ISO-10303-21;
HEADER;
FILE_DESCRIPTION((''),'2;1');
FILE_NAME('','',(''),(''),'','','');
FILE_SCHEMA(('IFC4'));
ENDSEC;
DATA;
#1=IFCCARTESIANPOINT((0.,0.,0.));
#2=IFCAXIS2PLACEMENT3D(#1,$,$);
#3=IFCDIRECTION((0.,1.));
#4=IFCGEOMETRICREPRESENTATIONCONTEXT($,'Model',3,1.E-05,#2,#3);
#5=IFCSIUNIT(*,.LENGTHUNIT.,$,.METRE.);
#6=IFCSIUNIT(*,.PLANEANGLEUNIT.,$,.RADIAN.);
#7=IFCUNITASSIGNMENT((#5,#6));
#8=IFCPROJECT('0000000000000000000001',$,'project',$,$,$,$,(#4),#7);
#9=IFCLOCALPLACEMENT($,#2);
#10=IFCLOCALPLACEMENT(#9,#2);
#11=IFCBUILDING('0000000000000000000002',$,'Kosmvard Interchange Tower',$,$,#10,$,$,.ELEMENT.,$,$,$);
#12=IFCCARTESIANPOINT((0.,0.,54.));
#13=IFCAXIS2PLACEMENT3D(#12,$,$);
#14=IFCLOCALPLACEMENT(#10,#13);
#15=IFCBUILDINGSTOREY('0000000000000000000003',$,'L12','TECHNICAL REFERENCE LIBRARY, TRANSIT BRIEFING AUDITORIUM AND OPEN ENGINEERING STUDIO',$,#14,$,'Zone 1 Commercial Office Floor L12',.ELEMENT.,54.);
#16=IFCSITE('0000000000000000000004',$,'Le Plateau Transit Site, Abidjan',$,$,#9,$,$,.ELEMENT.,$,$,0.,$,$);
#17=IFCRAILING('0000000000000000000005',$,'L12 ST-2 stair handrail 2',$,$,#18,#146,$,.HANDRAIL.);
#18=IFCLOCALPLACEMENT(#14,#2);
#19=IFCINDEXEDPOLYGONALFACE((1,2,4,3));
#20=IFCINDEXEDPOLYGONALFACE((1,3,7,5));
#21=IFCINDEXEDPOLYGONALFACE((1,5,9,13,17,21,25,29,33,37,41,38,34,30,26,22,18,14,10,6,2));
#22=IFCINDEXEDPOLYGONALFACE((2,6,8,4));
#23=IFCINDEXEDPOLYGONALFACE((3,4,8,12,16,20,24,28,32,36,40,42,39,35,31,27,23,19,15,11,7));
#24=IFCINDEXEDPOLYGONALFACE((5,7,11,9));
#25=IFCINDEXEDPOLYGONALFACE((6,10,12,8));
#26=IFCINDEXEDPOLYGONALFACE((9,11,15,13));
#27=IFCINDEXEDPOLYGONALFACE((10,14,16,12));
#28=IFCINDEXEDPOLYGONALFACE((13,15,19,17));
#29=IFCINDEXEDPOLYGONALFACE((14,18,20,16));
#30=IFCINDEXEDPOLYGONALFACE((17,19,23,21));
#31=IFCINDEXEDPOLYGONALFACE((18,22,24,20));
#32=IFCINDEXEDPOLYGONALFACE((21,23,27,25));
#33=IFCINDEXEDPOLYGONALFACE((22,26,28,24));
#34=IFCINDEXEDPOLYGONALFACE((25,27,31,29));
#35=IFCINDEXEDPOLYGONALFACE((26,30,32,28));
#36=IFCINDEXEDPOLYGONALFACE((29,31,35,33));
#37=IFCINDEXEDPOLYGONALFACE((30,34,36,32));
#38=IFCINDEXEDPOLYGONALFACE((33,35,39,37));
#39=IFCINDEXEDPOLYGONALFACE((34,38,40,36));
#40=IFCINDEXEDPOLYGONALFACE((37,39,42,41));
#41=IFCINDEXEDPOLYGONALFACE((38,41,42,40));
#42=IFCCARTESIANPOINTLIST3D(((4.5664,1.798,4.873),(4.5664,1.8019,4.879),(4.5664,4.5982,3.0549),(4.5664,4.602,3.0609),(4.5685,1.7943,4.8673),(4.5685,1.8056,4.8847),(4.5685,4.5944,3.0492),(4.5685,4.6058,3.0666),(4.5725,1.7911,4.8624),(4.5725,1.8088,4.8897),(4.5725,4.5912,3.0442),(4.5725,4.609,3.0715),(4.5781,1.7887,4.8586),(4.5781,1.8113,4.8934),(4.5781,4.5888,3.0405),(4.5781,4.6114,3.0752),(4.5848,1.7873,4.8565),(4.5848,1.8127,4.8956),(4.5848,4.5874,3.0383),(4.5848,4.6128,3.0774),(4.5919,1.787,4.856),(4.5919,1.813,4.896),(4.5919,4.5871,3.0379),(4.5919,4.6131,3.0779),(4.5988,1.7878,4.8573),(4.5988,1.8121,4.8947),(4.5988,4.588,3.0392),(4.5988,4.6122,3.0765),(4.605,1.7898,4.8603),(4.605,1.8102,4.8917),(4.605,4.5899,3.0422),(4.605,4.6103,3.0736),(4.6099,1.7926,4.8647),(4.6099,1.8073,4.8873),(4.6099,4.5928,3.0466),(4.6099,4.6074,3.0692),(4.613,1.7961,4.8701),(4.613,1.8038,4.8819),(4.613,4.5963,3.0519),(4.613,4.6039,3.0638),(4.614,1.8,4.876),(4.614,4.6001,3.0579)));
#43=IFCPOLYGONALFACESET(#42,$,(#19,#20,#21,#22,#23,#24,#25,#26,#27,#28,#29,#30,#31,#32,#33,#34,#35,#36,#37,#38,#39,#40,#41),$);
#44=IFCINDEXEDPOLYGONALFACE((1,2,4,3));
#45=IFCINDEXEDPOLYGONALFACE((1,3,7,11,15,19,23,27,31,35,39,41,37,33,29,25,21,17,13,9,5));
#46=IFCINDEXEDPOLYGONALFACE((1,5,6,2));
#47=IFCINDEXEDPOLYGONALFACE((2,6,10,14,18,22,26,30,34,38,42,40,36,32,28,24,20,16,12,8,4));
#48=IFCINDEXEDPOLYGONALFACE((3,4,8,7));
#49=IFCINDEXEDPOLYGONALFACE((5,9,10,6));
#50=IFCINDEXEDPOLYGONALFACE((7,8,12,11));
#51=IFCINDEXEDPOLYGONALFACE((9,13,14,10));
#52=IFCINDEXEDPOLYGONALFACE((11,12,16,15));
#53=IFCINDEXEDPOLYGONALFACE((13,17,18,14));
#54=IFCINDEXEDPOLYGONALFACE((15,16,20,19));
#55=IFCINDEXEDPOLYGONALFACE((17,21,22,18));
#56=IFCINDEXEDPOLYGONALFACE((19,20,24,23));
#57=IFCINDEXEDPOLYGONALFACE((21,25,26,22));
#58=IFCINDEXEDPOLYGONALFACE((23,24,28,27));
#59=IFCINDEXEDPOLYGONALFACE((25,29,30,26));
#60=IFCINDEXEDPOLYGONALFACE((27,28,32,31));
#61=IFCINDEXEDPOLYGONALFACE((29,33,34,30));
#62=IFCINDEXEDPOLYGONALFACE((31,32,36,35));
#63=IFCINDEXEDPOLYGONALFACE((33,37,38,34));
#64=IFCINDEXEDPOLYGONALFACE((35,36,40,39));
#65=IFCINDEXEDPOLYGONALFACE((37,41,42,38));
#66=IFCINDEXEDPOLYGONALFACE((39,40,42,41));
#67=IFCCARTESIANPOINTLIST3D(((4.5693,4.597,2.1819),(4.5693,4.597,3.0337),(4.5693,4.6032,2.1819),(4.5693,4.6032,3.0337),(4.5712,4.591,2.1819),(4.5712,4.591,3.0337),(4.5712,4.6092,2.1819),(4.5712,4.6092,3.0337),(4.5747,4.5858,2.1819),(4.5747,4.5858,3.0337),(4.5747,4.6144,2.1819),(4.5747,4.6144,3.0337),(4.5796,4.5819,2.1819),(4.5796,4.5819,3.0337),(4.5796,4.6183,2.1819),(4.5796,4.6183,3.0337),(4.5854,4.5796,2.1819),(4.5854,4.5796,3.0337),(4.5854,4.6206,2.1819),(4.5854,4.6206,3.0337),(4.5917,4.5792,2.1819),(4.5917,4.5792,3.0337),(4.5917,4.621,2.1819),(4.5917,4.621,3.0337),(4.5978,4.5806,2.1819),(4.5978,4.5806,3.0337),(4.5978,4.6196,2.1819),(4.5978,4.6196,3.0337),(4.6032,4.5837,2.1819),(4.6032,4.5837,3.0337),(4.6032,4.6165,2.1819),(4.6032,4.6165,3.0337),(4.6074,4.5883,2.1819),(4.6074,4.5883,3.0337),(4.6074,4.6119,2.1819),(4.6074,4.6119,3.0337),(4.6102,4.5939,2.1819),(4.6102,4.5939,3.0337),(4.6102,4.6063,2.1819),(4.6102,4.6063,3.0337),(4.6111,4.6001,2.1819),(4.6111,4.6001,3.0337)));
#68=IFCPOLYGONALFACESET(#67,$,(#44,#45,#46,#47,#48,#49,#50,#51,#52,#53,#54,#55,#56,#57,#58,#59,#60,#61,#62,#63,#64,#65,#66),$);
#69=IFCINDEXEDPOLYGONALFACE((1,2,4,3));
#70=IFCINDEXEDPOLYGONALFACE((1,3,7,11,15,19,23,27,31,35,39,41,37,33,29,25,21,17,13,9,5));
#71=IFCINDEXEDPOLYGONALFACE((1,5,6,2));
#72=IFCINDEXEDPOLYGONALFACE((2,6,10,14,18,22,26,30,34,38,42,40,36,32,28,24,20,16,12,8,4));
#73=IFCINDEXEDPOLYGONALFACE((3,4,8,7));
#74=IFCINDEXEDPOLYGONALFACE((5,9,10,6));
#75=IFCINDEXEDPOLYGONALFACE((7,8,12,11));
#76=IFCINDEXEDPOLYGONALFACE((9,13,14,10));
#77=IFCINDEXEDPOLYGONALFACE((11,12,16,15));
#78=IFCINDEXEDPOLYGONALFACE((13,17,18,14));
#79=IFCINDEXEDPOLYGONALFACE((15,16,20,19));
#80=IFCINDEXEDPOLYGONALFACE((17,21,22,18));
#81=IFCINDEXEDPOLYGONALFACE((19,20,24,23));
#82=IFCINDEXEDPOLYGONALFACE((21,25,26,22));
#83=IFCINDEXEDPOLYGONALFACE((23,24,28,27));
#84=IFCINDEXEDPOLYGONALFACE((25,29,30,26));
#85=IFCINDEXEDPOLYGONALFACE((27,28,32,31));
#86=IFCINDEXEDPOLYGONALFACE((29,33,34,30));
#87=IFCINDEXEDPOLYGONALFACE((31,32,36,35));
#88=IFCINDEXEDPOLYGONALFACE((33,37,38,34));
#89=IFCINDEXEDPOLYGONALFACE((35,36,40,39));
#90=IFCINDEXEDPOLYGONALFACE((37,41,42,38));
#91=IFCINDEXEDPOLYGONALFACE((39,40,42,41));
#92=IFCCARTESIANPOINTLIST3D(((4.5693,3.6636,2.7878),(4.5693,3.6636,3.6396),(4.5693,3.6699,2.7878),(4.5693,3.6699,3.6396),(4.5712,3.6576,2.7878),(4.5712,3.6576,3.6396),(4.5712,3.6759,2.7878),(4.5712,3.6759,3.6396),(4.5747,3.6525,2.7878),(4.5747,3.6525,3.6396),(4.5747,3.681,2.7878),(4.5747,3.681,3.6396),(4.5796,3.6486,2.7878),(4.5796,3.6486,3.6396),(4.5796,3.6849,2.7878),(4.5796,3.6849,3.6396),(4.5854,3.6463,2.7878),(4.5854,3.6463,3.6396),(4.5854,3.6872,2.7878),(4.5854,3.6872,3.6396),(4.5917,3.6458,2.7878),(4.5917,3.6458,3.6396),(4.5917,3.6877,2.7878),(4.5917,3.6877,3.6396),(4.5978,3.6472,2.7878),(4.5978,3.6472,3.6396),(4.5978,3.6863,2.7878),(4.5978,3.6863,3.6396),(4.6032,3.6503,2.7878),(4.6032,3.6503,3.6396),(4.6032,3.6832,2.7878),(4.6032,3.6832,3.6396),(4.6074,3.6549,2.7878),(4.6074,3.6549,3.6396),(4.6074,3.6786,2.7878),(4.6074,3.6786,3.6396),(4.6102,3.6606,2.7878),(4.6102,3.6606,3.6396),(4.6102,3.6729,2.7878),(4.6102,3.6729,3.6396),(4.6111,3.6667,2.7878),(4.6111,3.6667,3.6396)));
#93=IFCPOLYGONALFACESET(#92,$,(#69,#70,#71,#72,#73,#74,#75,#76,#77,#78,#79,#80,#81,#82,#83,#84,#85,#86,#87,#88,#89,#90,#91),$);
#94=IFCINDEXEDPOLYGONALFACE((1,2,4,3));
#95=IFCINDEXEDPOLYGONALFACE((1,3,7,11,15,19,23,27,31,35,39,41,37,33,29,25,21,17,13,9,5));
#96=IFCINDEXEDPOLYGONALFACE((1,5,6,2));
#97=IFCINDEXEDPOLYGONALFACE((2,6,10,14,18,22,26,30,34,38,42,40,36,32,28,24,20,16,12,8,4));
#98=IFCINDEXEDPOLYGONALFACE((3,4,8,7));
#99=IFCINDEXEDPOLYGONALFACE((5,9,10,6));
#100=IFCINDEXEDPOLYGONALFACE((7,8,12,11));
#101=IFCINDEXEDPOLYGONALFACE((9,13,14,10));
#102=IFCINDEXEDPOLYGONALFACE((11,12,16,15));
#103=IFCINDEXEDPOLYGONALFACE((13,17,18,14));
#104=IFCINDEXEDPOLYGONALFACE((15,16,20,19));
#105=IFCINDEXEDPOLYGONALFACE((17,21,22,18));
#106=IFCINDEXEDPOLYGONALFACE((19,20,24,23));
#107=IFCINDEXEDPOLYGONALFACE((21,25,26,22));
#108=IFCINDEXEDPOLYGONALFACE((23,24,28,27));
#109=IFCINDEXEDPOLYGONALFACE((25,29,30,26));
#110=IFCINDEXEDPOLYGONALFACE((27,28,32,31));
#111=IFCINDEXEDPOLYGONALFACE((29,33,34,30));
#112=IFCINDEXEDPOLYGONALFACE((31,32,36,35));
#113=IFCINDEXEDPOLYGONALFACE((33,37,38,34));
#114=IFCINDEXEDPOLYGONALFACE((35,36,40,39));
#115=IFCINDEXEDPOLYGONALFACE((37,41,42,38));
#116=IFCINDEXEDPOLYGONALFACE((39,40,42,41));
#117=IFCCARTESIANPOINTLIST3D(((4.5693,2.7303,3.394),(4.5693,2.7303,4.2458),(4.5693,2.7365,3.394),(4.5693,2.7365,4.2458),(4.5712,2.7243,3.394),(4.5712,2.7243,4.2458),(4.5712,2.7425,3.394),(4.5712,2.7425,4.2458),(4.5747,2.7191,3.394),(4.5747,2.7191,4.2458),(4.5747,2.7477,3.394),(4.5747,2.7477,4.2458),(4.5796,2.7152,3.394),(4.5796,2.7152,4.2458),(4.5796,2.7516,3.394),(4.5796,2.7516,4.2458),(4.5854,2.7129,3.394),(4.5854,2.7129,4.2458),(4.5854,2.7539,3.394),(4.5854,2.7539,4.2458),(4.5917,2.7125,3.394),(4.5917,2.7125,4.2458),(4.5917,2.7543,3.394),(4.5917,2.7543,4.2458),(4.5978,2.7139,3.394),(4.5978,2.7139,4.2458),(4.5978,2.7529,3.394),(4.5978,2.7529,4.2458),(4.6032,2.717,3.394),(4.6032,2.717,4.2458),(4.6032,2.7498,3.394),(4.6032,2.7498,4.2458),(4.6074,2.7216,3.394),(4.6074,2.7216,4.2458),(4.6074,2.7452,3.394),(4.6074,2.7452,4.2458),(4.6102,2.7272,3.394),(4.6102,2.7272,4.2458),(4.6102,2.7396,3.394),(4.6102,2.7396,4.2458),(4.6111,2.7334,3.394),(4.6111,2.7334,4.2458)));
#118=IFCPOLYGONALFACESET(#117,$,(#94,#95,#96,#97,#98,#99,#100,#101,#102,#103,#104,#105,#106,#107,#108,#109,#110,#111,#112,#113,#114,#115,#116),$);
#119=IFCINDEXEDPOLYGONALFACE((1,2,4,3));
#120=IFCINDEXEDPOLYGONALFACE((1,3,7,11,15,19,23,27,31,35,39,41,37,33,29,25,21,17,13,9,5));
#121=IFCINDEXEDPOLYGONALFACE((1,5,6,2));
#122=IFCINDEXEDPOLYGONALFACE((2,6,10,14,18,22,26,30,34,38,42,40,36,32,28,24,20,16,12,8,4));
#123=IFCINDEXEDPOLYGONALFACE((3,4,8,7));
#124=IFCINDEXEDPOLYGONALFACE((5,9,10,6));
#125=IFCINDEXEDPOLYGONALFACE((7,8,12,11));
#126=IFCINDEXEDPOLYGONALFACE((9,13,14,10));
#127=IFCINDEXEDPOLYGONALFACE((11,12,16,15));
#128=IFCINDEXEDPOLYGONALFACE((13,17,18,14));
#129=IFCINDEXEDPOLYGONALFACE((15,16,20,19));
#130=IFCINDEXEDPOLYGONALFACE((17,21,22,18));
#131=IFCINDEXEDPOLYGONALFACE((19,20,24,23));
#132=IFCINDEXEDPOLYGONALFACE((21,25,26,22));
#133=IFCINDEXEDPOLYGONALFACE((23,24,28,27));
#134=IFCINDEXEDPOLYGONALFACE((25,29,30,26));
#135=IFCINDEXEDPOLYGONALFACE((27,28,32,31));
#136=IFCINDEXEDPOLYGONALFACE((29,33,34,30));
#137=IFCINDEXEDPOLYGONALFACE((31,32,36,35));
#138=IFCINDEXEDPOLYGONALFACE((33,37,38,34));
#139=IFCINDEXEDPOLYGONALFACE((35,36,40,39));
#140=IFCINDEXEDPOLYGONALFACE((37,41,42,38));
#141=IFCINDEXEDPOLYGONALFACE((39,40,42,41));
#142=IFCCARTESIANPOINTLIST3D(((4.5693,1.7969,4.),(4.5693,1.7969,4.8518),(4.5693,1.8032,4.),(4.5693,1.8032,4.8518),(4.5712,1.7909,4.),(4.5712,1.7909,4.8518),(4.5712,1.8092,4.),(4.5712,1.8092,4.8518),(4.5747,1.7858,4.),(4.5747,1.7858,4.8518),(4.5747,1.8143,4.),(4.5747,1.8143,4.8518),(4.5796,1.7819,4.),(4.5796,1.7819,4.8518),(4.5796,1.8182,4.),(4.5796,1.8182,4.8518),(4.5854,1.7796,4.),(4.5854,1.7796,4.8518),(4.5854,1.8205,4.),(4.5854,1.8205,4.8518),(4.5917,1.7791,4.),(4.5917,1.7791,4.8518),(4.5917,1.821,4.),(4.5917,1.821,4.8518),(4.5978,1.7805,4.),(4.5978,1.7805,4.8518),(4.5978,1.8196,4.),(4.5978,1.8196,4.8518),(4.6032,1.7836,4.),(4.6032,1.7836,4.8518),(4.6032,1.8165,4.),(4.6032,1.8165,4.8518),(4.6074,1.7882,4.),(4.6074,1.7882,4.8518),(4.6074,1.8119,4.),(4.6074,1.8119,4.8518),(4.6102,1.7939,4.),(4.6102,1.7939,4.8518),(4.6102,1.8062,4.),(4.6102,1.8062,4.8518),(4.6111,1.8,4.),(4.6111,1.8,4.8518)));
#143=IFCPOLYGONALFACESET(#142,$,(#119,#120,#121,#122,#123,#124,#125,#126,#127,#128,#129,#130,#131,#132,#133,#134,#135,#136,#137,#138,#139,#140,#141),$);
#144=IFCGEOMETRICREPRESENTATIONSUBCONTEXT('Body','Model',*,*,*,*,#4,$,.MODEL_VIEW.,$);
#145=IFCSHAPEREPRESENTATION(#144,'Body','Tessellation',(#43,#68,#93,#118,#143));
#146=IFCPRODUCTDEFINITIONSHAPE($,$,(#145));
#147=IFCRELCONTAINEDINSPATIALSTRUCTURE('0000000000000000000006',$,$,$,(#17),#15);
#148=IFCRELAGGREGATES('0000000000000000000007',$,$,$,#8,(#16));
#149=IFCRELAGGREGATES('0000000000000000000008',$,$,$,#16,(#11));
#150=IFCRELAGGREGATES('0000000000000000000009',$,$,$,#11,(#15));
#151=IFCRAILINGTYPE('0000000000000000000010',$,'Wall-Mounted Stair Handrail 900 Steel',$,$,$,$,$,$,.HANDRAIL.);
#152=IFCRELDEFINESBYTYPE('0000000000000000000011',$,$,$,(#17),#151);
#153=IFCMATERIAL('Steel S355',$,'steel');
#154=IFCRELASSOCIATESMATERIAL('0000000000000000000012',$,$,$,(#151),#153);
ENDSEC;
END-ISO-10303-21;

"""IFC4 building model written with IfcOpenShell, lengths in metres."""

from ifc_helpers import new_model, si_unit, direction, frame, origin, origin_2d, place, context, subcontext, project, spatial, circle, extrude, source, transform, mapped, material, type_object, element, save


model = new_model("IFC4")

# Units and contexts
model_context = context("Model", 3, precision=1e-05, world=origin(), true_north=direction((0.0, 1.0)))
body_context = subcontext(model_context, "Body", "Model", "MODEL_VIEW")
ifc_project = project(units=[si_unit("LENGTHUNIT", "METRE"), si_unit("PLANEANGLEUNIT", "RADIAN")], contexts=[model_context])

# Site, building, storey
site_placement = place(None, origin())
site = spatial("IfcSite", under=ifc_project, at=site_placement, Name="Le Plateau Transit Site, Abidjan", CompositionType="ELEMENT", RefElevation=0.0)
building_placement = place(site_placement, origin())
building = spatial("IfcBuilding", under=site, at=building_placement, Name="Kosmvard Interchange Tower", CompositionType="ELEMENT")
storey_placement = place(building_placement, frame((0.0, 0.0, 54.0)))
storey = spatial("IfcBuildingStorey", under=building, at=storey_placement, Name="L12", Description="TECHNICAL REFERENCE LIBRARY, TRANSIT BRIEFING AUDITORIUM AND OPEN ENGINEERING STUDIO", LongName="Zone 1 Commercial Office Floor L12", CompositionType="ELEMENT", Elevation=54.0)

# Shared definitions
ifc_material_1 = material(Name="Steel S355", Category="steel")

# Railing
railing_type_1 = type_object("IfcRailingType", Name="Wall-Mounted Stair Handrail 900 Steel", PredefinedType="HANDRAIL", material=ifc_material_1)
shared_shape_1 = source(origin(), body_context, "Body", "SweptSolid", [
    extrude(circle(Radius=0.0239, at=origin_2d()), frame((0.0, 0.0, 0.876), z_axis=(0.0, -0.838706, 0.544585), x_axis=(1.0, 0.0, 0.0)), (0.0, 0.0, 1.0), 3.3386),
    extrude(circle(Radius=0.021, at=origin_2d()), origin(), (0.0, 0.0, 1.0), 0.8518),
    extrude(circle(Radius=0.021, at=origin_2d()), frame((0.0, -0.9333, 0.606)), (0.0, 0.0, 1.0), 0.8518),
    extrude(circle(Radius=0.021, at=origin_2d()), frame((0.0, -1.8667, 1.2122)), (0.0, 0.0, 1.0), 0.8518),
    extrude(circle(Radius=0.021, at=origin_2d()), frame((0.0, -2.8, 1.8181)), (0.0, 0.0, 1.0), 0.8518),
])
railing_1_placement = place(storey_placement, frame((4.5901, 4.6001, 2.1819)))
element("IfcRailing", 1, at=railing_1_placement, inside=storey, type_object=railing_type_1, Name="L12 ST-2 stair handrail 2", PredefinedType="HANDRAIL", context=body_context, shape_type="MappedRepresentation", body=[
    mapped(shared_shape_1, transform((0.0, 0.0, 0.0), scale=1.0)),
])

save(model, "model.ifc")
